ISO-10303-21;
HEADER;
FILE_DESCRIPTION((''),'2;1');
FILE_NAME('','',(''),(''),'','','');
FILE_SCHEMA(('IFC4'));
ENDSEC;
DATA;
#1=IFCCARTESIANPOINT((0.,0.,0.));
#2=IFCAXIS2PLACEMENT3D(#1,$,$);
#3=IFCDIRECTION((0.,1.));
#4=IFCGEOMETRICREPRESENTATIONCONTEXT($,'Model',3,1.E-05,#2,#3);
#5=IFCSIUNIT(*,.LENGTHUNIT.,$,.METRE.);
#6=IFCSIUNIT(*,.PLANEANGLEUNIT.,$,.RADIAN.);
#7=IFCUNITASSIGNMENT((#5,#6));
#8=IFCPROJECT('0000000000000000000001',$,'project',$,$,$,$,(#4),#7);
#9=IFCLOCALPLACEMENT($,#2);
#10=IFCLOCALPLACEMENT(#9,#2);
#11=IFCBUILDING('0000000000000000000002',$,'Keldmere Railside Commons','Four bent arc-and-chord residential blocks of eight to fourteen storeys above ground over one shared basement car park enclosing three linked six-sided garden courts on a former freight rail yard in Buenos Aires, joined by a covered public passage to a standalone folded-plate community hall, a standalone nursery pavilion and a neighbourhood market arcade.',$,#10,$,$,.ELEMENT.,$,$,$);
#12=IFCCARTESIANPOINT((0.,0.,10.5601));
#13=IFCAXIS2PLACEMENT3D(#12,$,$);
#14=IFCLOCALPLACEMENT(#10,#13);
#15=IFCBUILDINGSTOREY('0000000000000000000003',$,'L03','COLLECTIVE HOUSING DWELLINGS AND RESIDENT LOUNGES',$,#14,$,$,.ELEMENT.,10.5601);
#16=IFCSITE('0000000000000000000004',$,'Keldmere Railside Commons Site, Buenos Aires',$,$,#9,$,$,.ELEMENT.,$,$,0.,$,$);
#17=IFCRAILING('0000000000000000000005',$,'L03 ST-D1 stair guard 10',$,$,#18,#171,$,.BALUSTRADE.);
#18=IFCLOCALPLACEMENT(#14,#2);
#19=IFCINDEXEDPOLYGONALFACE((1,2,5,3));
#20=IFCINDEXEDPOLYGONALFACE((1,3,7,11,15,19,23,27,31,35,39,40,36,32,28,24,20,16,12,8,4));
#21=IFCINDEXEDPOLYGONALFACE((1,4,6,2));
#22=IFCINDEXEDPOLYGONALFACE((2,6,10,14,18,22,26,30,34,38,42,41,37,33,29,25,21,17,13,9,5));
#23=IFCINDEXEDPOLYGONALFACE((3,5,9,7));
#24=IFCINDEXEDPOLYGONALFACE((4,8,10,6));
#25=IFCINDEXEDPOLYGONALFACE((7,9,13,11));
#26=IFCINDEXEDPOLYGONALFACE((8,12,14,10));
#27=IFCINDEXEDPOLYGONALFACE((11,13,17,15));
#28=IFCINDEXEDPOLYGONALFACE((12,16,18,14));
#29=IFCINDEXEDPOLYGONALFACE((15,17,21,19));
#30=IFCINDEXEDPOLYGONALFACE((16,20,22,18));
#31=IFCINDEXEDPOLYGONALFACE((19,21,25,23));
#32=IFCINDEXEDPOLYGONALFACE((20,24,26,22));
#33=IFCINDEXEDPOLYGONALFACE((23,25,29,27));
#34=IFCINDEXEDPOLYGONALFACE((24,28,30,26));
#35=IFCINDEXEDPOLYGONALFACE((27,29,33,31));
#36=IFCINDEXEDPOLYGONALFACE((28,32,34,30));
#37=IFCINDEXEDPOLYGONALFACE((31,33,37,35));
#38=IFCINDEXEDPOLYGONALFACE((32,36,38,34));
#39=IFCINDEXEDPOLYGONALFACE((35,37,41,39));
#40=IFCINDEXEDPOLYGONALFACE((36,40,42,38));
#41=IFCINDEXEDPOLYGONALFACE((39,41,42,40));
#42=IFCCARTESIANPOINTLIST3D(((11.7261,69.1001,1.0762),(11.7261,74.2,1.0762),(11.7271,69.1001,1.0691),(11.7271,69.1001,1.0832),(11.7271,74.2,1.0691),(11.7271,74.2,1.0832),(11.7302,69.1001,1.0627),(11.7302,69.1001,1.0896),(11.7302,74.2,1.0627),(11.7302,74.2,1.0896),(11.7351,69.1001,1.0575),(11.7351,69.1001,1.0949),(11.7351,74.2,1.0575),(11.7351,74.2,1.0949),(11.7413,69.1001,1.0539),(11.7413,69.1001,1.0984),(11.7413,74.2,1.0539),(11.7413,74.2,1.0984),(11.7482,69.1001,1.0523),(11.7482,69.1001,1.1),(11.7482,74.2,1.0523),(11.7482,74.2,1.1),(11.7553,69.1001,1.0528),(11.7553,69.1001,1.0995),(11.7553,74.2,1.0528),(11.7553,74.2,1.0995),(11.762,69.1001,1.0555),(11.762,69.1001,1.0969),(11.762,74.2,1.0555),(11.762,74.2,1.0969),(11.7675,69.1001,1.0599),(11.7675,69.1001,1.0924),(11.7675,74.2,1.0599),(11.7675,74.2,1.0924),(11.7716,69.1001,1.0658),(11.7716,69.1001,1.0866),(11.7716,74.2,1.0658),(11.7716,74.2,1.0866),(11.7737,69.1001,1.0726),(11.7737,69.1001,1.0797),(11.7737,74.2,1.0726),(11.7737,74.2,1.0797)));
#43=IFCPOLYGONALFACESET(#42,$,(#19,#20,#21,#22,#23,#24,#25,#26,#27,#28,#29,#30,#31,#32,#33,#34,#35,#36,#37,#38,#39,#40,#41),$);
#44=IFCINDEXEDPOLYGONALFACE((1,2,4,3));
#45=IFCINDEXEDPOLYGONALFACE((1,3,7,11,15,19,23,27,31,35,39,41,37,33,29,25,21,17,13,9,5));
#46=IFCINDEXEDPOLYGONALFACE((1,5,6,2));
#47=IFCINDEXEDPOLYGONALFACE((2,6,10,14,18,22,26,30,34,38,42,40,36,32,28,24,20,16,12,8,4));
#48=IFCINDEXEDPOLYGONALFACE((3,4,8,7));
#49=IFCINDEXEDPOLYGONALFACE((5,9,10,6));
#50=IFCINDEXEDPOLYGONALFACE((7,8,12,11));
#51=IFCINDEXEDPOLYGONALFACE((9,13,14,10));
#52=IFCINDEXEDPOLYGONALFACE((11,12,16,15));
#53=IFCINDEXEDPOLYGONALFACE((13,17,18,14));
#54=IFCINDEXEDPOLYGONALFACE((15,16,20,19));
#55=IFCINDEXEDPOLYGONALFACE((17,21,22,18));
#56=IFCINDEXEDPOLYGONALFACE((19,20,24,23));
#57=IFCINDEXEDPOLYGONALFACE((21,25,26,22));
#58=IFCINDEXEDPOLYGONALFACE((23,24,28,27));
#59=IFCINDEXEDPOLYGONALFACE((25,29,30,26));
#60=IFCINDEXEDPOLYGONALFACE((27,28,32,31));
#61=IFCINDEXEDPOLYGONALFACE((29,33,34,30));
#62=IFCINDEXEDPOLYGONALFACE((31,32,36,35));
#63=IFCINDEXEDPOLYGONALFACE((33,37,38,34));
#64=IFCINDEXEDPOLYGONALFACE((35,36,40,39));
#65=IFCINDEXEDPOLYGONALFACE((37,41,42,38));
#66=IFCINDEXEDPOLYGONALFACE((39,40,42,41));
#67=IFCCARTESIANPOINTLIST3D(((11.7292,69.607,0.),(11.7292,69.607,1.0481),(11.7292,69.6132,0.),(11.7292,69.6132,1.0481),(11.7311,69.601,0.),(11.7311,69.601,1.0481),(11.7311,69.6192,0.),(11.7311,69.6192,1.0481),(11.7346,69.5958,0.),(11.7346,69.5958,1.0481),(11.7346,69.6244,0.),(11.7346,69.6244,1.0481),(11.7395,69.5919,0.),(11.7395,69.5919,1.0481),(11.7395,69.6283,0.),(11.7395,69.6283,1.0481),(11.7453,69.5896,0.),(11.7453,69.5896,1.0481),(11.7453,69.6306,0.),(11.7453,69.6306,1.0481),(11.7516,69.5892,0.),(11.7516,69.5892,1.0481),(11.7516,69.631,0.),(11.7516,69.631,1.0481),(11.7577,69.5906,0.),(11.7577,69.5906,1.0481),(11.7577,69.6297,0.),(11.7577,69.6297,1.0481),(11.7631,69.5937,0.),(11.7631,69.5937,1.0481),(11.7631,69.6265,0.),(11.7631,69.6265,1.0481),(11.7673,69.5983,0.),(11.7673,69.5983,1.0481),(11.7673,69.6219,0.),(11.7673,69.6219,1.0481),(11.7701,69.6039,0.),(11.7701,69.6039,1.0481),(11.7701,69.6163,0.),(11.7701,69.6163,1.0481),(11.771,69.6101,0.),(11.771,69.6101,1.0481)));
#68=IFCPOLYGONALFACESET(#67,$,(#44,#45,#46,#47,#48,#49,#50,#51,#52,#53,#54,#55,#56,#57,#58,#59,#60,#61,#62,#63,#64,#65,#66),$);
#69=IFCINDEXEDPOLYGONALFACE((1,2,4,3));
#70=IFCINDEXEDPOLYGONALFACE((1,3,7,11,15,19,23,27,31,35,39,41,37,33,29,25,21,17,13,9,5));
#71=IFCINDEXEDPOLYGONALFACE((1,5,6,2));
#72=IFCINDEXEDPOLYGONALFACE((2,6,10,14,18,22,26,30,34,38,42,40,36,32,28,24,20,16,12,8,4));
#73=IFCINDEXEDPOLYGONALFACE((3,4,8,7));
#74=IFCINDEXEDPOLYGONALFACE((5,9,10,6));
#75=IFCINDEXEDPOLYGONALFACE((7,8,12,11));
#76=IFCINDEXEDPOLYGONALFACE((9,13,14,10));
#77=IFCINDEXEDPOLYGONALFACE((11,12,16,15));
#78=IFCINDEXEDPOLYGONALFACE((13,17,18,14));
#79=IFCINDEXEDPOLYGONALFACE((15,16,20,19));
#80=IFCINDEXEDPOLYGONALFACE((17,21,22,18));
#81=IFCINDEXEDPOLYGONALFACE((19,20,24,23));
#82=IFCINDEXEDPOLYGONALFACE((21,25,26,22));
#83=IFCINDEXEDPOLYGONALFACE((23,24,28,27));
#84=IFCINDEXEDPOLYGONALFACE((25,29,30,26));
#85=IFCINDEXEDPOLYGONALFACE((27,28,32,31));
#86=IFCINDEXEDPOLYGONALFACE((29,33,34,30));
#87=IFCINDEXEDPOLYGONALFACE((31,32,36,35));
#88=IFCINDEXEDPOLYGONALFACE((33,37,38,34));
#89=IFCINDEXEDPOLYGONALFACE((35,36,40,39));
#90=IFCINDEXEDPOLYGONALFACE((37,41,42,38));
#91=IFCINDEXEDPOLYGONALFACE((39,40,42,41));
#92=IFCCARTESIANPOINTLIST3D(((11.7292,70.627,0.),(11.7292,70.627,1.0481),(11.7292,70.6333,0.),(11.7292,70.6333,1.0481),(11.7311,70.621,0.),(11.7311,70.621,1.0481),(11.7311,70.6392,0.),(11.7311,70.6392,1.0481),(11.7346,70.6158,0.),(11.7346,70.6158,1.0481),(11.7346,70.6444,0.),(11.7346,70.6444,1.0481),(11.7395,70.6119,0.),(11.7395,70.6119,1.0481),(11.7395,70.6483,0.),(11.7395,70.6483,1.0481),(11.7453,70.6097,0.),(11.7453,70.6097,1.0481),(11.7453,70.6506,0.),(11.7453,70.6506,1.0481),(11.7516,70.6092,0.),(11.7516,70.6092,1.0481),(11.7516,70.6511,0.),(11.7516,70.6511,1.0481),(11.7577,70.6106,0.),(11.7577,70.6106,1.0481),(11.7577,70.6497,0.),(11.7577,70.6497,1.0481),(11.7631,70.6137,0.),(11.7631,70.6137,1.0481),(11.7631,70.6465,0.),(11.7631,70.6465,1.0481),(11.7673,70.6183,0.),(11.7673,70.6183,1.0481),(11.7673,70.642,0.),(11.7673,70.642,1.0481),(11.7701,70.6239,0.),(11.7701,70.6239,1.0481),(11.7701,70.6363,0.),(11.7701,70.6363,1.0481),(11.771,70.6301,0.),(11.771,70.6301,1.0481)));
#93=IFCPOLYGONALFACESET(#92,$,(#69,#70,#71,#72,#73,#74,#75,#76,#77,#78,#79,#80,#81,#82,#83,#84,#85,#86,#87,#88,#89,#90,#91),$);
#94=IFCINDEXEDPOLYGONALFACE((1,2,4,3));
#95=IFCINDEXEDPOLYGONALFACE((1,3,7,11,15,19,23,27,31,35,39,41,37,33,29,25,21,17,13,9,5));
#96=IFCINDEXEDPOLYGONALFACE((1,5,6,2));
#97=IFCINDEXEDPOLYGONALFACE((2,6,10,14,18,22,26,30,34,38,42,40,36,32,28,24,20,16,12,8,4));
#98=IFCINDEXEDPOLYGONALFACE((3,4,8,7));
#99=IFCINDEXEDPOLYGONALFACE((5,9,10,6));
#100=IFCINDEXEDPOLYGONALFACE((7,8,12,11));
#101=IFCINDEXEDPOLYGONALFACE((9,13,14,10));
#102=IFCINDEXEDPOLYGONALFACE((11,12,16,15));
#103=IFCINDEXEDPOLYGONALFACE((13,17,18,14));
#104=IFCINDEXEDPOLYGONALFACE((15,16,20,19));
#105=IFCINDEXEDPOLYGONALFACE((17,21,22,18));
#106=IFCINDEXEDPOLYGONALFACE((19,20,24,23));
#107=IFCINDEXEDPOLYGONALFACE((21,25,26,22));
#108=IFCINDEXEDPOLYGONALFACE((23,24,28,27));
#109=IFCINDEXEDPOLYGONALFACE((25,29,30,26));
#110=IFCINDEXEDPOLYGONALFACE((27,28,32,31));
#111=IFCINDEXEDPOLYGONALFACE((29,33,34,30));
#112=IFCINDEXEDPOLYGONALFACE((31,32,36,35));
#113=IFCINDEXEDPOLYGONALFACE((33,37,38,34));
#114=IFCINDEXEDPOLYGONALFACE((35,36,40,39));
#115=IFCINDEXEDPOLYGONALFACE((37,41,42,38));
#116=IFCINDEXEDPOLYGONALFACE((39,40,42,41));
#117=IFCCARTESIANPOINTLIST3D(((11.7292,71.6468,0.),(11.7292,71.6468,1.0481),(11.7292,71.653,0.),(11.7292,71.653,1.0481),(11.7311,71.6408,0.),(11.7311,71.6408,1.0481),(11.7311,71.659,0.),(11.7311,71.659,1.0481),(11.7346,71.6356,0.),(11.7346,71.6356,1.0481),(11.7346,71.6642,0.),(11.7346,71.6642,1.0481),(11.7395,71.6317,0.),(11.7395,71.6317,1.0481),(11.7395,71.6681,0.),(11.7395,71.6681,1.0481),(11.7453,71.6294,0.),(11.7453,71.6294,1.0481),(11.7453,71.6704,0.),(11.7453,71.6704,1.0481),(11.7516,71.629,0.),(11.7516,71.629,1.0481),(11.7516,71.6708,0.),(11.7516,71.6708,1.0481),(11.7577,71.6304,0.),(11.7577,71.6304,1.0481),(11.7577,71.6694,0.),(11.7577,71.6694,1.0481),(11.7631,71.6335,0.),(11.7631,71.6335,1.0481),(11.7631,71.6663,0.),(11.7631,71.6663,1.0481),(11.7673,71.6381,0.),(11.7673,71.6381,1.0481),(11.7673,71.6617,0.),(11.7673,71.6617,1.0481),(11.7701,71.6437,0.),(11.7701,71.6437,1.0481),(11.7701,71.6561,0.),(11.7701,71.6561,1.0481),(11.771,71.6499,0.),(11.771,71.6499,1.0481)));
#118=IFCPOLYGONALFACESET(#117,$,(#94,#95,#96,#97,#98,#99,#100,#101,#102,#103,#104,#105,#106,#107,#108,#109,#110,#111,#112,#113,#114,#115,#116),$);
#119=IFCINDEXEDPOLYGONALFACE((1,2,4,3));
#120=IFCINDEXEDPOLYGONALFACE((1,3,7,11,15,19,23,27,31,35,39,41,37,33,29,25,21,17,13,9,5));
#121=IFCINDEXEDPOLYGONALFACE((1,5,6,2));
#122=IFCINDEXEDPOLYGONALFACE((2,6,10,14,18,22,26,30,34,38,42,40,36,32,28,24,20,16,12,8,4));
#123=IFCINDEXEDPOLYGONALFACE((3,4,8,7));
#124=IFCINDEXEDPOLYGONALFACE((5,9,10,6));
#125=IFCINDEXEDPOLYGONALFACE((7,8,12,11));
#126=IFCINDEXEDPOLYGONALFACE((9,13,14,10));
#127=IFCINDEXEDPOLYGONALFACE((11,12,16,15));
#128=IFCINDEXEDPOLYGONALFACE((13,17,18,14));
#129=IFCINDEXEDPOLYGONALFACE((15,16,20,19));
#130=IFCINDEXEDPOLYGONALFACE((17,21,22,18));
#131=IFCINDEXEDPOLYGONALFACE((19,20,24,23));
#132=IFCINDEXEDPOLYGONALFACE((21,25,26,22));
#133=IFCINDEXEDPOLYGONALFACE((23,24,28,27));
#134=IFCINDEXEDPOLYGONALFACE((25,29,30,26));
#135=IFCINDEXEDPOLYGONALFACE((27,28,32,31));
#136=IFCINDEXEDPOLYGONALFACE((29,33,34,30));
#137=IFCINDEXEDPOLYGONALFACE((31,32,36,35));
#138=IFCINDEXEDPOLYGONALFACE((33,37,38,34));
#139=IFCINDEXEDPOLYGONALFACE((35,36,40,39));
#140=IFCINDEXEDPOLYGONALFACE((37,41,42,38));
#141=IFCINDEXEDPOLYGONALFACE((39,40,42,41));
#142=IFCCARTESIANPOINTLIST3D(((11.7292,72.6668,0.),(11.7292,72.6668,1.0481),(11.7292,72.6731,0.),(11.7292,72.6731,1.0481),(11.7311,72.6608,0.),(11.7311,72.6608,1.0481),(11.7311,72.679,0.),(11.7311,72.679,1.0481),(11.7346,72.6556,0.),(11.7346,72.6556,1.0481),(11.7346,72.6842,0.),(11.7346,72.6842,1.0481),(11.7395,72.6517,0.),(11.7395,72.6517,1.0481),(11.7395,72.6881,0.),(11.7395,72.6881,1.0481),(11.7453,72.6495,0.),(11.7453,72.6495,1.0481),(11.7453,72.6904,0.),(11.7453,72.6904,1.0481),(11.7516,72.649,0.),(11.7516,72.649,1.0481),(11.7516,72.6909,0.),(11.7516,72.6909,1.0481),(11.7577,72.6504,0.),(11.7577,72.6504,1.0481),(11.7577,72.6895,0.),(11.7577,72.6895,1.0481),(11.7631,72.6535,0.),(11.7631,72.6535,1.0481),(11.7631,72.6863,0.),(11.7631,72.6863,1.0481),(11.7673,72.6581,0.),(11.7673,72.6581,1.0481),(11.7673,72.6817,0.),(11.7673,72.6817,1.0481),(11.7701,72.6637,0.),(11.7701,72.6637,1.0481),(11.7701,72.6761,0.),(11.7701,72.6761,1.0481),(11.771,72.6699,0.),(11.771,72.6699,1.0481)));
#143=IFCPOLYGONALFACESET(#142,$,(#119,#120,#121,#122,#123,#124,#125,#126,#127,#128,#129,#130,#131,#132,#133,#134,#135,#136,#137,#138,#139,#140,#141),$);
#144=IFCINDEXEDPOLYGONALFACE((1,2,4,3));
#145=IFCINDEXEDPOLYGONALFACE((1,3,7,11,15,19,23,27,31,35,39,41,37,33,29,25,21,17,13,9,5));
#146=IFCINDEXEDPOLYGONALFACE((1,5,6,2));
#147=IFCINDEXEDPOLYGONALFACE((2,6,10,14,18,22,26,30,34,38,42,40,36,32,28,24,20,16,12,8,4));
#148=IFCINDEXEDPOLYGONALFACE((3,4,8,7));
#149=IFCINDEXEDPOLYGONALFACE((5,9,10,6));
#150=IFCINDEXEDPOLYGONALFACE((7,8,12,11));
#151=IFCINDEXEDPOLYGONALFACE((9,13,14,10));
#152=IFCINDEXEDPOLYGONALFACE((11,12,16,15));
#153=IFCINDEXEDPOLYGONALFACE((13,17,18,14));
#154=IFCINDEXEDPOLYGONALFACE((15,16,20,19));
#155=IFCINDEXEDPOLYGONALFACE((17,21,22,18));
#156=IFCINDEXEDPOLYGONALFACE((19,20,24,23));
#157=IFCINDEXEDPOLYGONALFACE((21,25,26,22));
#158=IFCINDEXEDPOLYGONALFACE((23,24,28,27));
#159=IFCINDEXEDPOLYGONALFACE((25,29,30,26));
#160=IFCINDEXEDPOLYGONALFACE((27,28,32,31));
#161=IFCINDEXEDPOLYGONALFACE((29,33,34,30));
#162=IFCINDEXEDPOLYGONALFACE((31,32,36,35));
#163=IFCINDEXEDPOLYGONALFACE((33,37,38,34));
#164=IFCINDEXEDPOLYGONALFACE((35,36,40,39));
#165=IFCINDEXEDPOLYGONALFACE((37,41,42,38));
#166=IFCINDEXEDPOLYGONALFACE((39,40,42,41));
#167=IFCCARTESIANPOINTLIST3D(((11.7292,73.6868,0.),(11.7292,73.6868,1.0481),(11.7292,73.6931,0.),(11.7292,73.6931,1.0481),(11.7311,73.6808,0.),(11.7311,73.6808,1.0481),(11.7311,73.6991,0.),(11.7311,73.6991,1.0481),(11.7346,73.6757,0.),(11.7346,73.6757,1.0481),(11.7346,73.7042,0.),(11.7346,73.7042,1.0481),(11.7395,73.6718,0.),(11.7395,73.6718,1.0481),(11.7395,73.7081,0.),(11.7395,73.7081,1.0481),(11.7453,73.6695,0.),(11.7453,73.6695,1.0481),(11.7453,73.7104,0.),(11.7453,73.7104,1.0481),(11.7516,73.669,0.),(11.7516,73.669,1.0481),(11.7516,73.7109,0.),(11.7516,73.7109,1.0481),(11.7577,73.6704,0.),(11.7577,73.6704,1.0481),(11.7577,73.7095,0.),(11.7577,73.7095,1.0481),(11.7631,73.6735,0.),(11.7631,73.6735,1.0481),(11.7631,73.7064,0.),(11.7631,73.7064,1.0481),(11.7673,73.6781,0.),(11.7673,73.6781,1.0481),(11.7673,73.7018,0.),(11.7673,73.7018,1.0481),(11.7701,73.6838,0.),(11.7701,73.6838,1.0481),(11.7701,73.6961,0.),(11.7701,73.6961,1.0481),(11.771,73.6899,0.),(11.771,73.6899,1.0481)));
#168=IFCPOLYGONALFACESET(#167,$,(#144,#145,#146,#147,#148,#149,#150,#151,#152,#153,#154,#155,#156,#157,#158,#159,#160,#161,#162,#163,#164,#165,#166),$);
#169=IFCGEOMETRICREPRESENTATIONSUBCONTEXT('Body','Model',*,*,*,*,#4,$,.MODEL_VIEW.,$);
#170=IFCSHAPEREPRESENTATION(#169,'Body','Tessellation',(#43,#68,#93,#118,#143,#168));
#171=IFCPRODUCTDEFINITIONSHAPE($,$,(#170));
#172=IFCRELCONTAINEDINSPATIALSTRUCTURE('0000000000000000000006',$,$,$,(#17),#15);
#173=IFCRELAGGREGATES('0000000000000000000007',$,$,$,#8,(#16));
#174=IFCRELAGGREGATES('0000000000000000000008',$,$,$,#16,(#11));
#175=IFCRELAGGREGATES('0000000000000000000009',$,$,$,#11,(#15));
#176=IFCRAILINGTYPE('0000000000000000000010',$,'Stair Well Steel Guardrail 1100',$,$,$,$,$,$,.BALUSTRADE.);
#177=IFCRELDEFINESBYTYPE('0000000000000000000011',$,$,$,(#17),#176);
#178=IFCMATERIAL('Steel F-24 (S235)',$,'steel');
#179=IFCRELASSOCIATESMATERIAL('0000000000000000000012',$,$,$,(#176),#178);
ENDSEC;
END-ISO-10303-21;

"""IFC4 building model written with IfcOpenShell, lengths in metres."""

from ifc_helpers import new_model, si_unit, direction, frame, origin, origin_2d, place, context, subcontext, project, spatial, circle, extrude, material, type_object, element, save


model = new_model("IFC4")

# Units and contexts
model_context = context("Model", 3, precision=1e-05, world=origin(), true_north=direction((0.0, 1.0)))
body_context = subcontext(model_context, "Body", "Model", "MODEL_VIEW")
ifc_project = project(units=[si_unit("LENGTHUNIT", "METRE"), si_unit("PLANEANGLEUNIT", "RADIAN")], contexts=[model_context])

# Site, building, storey
site_placement = place(None, origin())
site = spatial("IfcSite", under=ifc_project, at=site_placement, Name="Keldmere Railside Commons Site, Buenos Aires", CompositionType="ELEMENT", RefElevation=0.0)
building_placement = place(site_placement, origin())
building = spatial("IfcBuilding", under=site, at=building_placement, Name="Keldmere Railside Commons", Description="Four bent arc-and-chord residential blocks of eight to fourteen storeys above ground over one shared basement car park enclosing three linked six-sided garden courts on a former freight rail yard in Buenos Aires, joined by a covered public passage to a standalone folded-plate community hall, a standalone nursery pavilion and a neighbourhood market arcade.", CompositionType="ELEMENT")
storey_placement = place(building_placement, frame((0.0, 0.0, 10.5601)))
storey = spatial("IfcBuildingStorey", under=building, at=storey_placement, Name="L03", Description="COLLECTIVE HOUSING DWELLINGS AND RESIDENT LOUNGES", CompositionType="ELEMENT", Elevation=10.5601)

# Railing
ifc_material_1 = material(Name="Steel F-24 (S235)", Category="steel")
railing_type_1 = type_object("IfcRailingType", Name="Stair Well Steel Guardrail 1100", PredefinedType="BALUSTRADE", material=ifc_material_1)
railing_1_placement = place(storey_placement, frame((11.75, 69.1001, 0.0)))
element("IfcRailing", 1, at=railing_1_placement, inside=storey, type_object=railing_type_1, Name="L03 ST-D1 stair guard 10", PredefinedType="BALUSTRADE", context=body_context, shape_type="SweptSolid", body=[
    extrude(circle(Radius=0.0239, at=origin_2d()), frame((0.0, 0.0, 1.0762), z_axis=(0.0, 1.0, 0.0), x_axis=(-1.0, 0.0, 0.0)), (0.0, 0.0, 1.0), 5.0999),
    extrude(circle(Radius=0.021, at=origin_2d()), frame((0.0, 0.51, 0.0)), (0.0, 0.0, 1.0), 1.0481),
    extrude(circle(Radius=0.021, at=origin_2d()), frame((0.0, 1.53, 0.0)), (0.0, 0.0, 1.0), 1.0481),
    extrude(circle(Radius=0.021, at=origin_2d()), frame((0.0, 2.5498, 0.0)), (0.0, 0.0, 1.0), 1.0481),
    extrude(circle(Radius=0.021, at=origin_2d()), frame((0.0, 3.5698, 0.0)), (0.0, 0.0, 1.0), 1.0481),
    extrude(circle(Radius=0.021, at=origin_2d()), frame((0.0, 4.5898, 0.0)), (0.0, 0.0, 1.0), 1.0481),
])

save(model, "model.ifc")
